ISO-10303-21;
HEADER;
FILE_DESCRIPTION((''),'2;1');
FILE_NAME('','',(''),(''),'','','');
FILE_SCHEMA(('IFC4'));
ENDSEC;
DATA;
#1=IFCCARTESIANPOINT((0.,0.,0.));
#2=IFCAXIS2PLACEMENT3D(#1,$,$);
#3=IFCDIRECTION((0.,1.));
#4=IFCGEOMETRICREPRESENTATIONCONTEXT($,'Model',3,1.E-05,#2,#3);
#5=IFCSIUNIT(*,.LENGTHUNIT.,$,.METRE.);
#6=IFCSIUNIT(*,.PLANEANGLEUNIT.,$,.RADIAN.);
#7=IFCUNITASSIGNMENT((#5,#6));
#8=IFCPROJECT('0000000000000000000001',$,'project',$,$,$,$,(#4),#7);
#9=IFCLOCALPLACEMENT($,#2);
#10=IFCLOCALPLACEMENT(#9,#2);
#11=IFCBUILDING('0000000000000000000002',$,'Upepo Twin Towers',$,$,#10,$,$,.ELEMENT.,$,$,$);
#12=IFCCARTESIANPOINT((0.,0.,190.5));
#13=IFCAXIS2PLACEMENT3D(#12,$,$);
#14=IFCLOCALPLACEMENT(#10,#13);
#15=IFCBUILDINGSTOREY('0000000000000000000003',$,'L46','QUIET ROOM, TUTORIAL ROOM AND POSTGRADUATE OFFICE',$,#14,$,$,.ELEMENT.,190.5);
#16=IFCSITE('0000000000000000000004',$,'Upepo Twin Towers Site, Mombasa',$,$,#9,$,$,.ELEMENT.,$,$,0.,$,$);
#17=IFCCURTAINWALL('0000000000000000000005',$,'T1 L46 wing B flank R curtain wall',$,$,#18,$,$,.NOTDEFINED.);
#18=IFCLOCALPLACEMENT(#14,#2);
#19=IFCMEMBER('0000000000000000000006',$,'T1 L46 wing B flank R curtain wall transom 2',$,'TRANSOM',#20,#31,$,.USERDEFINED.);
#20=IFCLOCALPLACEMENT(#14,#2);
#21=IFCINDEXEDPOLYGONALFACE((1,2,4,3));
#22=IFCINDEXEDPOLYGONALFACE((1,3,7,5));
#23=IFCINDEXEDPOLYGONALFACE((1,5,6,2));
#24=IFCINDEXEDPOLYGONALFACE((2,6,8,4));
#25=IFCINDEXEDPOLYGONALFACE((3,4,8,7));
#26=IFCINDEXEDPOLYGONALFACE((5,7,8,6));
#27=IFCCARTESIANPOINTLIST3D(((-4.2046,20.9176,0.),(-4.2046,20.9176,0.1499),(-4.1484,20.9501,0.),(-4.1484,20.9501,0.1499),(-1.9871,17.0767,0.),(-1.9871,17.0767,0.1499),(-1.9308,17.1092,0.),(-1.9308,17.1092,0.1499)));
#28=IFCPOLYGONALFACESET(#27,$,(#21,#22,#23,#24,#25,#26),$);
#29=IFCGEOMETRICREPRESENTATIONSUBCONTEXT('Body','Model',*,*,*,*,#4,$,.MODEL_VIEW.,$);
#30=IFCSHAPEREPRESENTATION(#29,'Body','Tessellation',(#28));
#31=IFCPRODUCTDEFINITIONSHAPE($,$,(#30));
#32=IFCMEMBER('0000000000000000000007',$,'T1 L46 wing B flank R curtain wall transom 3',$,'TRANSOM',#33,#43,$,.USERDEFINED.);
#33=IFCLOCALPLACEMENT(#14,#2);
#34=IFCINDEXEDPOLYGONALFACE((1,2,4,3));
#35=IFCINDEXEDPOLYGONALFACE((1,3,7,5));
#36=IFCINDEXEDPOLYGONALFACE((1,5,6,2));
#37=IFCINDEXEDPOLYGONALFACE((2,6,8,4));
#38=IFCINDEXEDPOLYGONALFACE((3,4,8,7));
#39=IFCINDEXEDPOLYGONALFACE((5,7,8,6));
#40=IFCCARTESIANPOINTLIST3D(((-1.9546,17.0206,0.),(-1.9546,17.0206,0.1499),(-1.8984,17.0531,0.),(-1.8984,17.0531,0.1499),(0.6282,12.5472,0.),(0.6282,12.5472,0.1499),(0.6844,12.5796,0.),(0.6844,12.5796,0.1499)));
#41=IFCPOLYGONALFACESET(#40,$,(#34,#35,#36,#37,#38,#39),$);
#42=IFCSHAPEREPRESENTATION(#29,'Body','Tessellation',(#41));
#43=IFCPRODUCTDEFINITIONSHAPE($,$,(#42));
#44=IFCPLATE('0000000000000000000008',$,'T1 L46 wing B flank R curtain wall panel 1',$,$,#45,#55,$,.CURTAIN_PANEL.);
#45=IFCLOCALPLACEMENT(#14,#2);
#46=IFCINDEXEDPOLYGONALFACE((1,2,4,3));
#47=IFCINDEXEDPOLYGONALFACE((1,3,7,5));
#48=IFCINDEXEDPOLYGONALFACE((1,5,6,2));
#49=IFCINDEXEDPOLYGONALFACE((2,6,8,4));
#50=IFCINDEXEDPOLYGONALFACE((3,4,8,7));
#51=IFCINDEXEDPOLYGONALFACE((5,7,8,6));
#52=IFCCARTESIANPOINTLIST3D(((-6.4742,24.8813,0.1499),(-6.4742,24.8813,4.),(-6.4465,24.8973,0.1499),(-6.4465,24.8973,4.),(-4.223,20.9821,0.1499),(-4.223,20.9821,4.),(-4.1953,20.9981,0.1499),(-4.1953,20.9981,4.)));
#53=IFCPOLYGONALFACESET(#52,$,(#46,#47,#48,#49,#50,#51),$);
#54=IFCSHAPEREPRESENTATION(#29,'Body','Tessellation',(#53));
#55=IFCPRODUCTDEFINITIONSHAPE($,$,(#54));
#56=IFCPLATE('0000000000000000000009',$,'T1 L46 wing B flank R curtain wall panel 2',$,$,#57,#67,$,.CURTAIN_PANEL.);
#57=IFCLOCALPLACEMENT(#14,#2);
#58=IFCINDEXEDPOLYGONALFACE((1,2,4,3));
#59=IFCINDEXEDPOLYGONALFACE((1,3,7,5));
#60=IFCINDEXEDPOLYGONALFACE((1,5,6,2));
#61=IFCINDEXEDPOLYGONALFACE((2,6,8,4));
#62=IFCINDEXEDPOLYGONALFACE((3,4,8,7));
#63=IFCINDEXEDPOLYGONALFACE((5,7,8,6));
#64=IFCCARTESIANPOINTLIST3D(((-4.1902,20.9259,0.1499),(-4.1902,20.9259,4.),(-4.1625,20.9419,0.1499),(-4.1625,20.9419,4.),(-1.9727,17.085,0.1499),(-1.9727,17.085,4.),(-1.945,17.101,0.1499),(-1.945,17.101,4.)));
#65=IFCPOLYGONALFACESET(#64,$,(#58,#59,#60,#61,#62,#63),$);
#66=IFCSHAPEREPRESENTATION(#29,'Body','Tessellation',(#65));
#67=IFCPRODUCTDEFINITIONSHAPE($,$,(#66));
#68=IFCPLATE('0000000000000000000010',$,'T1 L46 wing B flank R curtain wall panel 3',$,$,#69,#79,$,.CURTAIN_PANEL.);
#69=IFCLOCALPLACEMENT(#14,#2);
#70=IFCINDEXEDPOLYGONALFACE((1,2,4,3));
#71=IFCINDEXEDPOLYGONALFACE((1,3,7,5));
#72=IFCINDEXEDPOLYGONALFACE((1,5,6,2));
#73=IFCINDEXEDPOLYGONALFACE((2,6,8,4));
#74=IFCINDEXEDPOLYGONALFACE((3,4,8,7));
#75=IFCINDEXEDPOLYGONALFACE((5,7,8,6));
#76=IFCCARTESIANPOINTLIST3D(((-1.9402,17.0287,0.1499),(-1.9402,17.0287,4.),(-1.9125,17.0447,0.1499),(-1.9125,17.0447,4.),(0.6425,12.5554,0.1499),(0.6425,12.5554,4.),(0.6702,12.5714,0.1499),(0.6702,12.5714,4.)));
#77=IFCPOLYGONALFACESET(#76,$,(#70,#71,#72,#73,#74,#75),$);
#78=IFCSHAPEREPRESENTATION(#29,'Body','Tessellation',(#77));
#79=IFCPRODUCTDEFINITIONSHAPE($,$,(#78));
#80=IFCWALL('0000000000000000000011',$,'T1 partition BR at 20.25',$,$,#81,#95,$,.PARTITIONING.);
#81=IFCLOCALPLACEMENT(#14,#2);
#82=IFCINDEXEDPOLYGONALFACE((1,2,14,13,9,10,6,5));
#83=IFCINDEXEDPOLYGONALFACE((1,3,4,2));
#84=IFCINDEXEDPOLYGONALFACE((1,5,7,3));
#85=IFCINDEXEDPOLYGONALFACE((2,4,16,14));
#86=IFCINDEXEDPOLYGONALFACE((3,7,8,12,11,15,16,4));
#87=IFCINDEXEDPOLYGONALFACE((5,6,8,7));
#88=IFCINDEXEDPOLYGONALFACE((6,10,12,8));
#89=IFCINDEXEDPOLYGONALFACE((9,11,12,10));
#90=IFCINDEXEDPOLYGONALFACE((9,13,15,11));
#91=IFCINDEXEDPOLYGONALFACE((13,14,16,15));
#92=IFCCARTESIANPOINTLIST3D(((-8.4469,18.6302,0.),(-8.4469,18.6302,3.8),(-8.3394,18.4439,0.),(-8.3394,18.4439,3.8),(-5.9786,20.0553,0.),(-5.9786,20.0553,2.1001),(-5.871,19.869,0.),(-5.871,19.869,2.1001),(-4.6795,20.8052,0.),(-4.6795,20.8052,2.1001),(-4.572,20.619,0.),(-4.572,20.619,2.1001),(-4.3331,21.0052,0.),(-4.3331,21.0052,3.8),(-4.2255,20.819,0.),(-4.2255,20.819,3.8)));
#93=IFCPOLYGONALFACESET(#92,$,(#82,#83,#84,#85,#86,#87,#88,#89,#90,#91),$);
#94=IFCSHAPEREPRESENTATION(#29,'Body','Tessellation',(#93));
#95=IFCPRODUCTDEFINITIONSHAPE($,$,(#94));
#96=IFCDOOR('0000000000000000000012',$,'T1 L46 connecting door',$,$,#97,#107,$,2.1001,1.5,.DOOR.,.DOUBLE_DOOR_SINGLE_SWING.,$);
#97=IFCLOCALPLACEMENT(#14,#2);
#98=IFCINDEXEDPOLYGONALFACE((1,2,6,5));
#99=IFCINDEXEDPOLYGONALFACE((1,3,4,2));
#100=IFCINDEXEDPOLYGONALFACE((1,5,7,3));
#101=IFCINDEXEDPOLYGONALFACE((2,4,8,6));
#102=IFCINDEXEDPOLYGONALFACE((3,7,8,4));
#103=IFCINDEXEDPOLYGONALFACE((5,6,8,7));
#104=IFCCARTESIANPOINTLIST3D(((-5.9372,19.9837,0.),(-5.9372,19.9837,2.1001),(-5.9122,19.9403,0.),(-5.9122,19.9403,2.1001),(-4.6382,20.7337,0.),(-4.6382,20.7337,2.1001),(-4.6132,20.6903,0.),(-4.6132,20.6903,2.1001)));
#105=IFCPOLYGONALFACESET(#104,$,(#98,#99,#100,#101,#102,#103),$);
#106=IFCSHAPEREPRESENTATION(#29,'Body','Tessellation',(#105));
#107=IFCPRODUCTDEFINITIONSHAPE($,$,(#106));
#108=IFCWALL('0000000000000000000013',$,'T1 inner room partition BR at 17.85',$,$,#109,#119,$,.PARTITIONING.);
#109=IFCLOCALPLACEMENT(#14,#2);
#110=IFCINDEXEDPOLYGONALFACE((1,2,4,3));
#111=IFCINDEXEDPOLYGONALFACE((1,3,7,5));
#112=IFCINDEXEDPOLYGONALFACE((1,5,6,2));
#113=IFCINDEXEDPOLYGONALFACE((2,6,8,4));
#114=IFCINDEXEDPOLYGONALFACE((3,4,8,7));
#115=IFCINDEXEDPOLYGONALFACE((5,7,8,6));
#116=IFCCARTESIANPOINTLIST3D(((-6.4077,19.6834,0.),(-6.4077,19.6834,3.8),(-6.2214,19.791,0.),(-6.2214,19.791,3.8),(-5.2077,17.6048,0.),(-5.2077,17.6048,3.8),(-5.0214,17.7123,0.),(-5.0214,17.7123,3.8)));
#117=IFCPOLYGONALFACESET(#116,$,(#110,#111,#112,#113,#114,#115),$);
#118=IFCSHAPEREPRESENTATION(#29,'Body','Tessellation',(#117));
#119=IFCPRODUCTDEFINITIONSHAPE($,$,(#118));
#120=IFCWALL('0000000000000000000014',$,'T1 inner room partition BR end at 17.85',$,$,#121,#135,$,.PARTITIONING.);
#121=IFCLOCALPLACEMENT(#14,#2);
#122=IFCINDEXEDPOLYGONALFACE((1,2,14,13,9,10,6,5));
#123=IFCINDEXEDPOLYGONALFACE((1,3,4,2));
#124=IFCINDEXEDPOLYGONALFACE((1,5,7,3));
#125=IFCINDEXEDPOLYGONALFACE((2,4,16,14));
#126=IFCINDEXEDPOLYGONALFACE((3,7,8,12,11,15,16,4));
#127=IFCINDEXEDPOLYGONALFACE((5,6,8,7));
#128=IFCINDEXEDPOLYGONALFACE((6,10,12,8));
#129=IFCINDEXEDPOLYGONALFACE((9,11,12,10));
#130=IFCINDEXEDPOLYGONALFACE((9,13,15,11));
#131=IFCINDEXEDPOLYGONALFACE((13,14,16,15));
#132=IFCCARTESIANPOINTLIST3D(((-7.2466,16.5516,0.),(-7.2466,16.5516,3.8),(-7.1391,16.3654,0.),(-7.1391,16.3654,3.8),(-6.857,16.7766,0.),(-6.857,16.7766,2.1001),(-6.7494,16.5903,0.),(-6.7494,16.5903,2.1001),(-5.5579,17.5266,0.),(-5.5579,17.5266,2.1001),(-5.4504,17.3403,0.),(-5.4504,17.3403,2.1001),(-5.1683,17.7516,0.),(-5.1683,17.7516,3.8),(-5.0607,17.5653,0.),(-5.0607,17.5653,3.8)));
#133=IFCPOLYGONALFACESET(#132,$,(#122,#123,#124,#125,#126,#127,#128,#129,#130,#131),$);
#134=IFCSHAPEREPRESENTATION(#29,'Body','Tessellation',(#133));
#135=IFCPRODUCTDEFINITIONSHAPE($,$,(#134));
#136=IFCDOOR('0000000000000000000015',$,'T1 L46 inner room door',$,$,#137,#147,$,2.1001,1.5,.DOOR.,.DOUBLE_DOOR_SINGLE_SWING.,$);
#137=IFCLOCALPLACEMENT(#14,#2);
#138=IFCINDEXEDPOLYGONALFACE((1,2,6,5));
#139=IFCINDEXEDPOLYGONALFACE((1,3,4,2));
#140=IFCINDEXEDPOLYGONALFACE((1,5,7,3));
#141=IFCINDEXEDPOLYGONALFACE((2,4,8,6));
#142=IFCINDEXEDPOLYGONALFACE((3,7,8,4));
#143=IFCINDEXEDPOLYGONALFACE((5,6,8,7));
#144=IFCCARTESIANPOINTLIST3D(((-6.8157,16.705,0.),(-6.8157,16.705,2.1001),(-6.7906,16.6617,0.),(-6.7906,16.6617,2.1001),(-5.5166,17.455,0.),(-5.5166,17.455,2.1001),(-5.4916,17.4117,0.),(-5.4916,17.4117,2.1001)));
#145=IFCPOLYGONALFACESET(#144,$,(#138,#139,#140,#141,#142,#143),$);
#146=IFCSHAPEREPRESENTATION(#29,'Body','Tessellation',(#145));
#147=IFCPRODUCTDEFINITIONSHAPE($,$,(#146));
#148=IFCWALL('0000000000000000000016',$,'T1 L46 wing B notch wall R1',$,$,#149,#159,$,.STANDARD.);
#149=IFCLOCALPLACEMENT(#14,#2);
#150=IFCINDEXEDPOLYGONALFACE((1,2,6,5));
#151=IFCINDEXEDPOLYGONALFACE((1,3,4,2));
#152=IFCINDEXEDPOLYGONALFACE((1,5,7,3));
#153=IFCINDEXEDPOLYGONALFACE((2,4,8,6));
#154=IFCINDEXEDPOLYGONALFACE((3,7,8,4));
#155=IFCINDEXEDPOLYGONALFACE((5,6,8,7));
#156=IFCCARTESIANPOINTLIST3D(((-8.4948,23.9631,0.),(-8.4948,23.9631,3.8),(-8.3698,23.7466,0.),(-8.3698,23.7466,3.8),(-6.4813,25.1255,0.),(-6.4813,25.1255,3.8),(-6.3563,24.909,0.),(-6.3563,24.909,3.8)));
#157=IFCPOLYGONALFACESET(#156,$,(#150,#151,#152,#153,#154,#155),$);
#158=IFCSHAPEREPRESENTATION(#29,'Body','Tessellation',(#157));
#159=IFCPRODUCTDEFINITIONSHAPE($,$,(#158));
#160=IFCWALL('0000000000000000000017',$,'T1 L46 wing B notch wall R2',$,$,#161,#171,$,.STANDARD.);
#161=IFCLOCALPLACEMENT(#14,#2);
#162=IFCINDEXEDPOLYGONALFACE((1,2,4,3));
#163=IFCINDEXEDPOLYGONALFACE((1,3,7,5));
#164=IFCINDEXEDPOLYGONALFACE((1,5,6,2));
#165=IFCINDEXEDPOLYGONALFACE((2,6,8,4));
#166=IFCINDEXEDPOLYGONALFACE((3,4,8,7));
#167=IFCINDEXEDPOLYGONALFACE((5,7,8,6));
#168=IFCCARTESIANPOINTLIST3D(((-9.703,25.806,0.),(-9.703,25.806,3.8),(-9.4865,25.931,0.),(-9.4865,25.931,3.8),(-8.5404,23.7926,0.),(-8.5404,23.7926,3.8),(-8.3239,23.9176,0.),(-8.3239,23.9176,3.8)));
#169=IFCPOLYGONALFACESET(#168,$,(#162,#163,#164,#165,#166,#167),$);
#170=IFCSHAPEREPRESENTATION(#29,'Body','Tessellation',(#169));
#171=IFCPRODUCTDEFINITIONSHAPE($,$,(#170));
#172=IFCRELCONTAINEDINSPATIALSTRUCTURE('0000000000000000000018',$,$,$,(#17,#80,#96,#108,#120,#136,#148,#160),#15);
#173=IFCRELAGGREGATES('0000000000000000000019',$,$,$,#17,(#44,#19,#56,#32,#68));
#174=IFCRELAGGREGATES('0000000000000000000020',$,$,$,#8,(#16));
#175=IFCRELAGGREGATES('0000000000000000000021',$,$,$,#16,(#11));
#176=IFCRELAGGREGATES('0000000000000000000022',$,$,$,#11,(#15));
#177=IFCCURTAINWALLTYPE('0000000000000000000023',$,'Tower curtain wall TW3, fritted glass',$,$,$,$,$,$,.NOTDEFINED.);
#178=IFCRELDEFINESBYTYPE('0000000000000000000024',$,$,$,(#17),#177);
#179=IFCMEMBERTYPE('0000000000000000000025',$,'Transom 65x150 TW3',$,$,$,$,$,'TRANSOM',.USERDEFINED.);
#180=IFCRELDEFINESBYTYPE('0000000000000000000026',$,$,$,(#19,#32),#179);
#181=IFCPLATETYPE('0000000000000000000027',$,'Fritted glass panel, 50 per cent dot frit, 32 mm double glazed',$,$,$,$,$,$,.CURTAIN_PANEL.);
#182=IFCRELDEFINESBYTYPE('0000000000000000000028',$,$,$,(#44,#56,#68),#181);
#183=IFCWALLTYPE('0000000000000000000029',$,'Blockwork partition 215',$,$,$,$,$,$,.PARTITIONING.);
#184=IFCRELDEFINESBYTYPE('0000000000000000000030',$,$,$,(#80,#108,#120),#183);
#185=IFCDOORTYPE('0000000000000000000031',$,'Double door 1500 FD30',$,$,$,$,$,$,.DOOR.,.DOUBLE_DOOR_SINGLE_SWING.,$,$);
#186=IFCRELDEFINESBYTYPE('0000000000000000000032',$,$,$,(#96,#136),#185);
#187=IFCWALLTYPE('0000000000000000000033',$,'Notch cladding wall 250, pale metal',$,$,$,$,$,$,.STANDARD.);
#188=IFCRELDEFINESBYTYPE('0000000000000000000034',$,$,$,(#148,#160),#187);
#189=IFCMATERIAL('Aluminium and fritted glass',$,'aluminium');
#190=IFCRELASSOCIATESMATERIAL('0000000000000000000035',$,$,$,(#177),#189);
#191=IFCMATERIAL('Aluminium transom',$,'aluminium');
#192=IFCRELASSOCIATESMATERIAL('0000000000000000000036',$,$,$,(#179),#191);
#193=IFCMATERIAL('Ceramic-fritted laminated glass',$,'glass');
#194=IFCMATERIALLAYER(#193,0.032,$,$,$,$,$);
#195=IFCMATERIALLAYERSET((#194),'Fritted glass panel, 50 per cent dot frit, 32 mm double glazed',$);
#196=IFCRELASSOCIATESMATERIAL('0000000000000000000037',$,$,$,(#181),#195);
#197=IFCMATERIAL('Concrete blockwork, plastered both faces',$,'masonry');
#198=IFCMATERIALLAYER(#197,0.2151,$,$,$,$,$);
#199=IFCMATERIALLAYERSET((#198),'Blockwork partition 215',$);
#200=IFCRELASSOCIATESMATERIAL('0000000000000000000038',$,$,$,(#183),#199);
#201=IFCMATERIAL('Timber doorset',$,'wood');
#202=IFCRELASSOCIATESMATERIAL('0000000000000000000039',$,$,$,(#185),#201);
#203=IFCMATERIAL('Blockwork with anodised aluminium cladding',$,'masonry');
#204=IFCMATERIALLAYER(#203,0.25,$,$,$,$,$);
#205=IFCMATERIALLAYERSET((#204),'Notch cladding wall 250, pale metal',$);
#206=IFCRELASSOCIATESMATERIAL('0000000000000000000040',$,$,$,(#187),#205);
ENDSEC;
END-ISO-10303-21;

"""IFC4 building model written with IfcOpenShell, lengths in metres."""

from ifc_helpers import new_model, si_unit, direction, frame, frame_2d, origin, origin_2d, place, context, subcontext, project, spatial, rectangle, extrude, material, layer, layer_set, material_profile, profile_set, type_object, element, fill, aggregate, save


model = new_model("IFC4")

# Units and contexts
model_context = context("Model", 3, precision=1e-05, world=origin(), true_north=direction((0.0, 1.0)))
body_context = subcontext(model_context, "Body", "Model", "MODEL_VIEW")
ifc_project = project(units=[si_unit("LENGTHUNIT", "METRE"), si_unit("PLANEANGLEUNIT", "RADIAN")], contexts=[model_context])

# Site, building, storey
site_placement = place(None, origin())
site = spatial("IfcSite", under=ifc_project, at=site_placement, Name="Upepo Twin Towers Site, Mombasa", CompositionType="ELEMENT", RefElevation=0.0)
building_placement = place(site_placement, origin())
building = spatial("IfcBuilding", under=site, at=building_placement, Name="Upepo Twin Towers", CompositionType="ELEMENT")
storey_placement = place(building_placement, frame((0.0, 0.0, 190.5)))
storey = spatial("IfcBuildingStorey", under=building, at=storey_placement, Name="L46", Description="QUIET ROOM, TUTORIAL ROOM AND POSTGRADUATE OFFICE", CompositionType="ELEMENT", Elevation=190.5)

# Curtain wall, members, plates
ifc_material_1 = material(Name="Aluminium and fritted glass", Category="aluminium")
curtain_wall_type = type_object("IfcCurtainWallType", Name="Tower curtain wall TW3, fritted glass", PredefinedType="NOTDEFINED", material=ifc_material_1)
curtain_wall_placement = place(storey_placement, origin())
curtain_wall = element("IfcCurtainWall", 1, at=curtain_wall_placement, inside=storey, type_object=curtain_wall_type, Name="T1 L46 wing B flank R curtain wall", PredefinedType="NOTDEFINED")
ifc_material_2 = material(Name="Aluminium transom", Category="aluminium")
ifc_material_profile_1 = material_profile(ifc_material_2, rectangle(XDim=0.0649, YDim=0.1499, at=origin_2d()), Name="TRANSOM 65x150")
ifc_profile_set_1 = profile_set([ifc_material_profile_1], Name="Aluminium transom")
member_type_1 = type_object("IfcMemberType", Name="Transom 65x150 TW3", ElementType="TRANSOM", PredefinedType="USERDEFINED", material=ifc_profile_set_1)
member_1_placement = place(storey_placement, frame((-4.1765, 20.9338, 0.075), z_axis=(0.500005, -0.866022, 0.0), x_axis=(0.866022, 0.500005, 0.0)))
member_1 = element("IfcMember", 2, at=member_1_placement, type_object=member_type_1, Name="T1 L46 wing B flank R curtain wall transom 2", ObjectType="TRANSOM", PredefinedType="USERDEFINED", context=body_context, shape_type="SweptSolid", body=[
    extrude(rectangle(XDim=0.0649, YDim=0.1499, at=origin_2d()), origin(), (0.0, 0.0, 1.0), 4.4351),
])
member_2_placement = place(storey_placement, frame((-1.9265, 17.0369, 0.075), z_axis=(0.500007, -0.866021, 0.0), x_axis=(0.866021, 0.500007, 0.0)))
member_2 = element("IfcMember", 3, at=member_2_placement, type_object=member_type_1, Name="T1 L46 wing B flank R curtain wall transom 3", ObjectType="TRANSOM", PredefinedType="USERDEFINED", context=body_context, shape_type="SweptSolid", body=[
    extrude(rectangle(XDim=0.0649, YDim=0.1499, at=origin_2d()), origin(), (0.0, 0.0, 1.0), 5.1655),
])
ifc_material_3 = material(Name="Ceramic-fritted laminated glass", Category="glass")
ifc_layer_1 = layer(ifc_material_3, 0.032)
ifc_layer_set_1 = layer_set([ifc_layer_1], Name="Fritted glass panel, 50 per cent dot frit, 32 mm double glazed")
plate_type = type_object("IfcPlateType", Name="Fritted glass panel, 50 per cent dot frit, 32 mm double glazed", PredefinedType="CURTAIN_PANEL", material=ifc_layer_set_1)
plate_1_placement = place(storey_placement, frame((-5.3347, 22.9397, 0.1499), z_axis=(0.0, 0.0, 1.0), x_axis=(0.5, -0.866025, 0.0)))
plate_1 = element("IfcPlate", 4, at=plate_1_placement, type_object=plate_type, Name="T1 L46 wing B flank R curtain wall panel 1", PredefinedType="CURTAIN_PANEL", context=body_context, shape_type="SweptSolid", body=[
    extrude(rectangle(XDim=4.5024, YDim=0.032, at=origin_2d()), origin(), (0.0, 0.0, 1.0), 3.8501),
])
plate_2_placement = place(storey_placement, frame((-3.0676, 19.0134, 0.1499), z_axis=(0.0, 0.0, 1.0), x_axis=(0.5, -0.866025, 0.0)))
plate_2 = element("IfcPlate", 5, at=plate_2_placement, type_object=plate_type, Name="T1 L46 wing B flank R curtain wall panel 2", PredefinedType="CURTAIN_PANEL", context=body_context, shape_type="SweptSolid", body=[
    extrude(rectangle(XDim=4.4351, YDim=0.032, at=origin_2d()), origin(), (0.0, 0.0, 1.0), 3.8501),
])
plate_3_placement = place(storey_placement, frame((-0.635, 14.8, 0.1499), z_axis=(0.0, 0.0, 1.0), x_axis=(0.5, -0.866025, 0.0)))
plate_3 = element("IfcPlate", 6, at=plate_3_placement, type_object=plate_type, Name="T1 L46 wing B flank R curtain wall panel 3", PredefinedType="CURTAIN_PANEL", context=body_context, shape_type="SweptSolid", body=[
    extrude(rectangle(XDim=5.1653, YDim=0.032, at=origin_2d()), origin(), (0.0, 0.0, 1.0), 3.8501),
])
aggregate(curtain_wall, [plate_1, member_1, plate_2, member_2, plate_3])

# Wall, opening, door
ifc_material_4 = material(Name="Concrete blockwork, plastered both faces", Category="masonry")
ifc_layer_2 = layer(ifc_material_4, 0.2151)
ifc_layer_set_2 = layer_set([ifc_layer_2], Name="Blockwork partition 215")
wall_type_1 = type_object("IfcWallType", Name="Blockwork partition 215", PredefinedType="PARTITIONING", material=ifc_layer_set_2)
wall_1_placement = place(storey_placement, frame((-8.3931, 18.5371, 0.0), z_axis=(0.0, 0.0, 1.0), x_axis=(0.866033, 0.499986, 0.0)))
wall_1 = element("IfcWall", 7, at=wall_1_placement, inside=storey, type_object=wall_type_1, Name="T1 partition BR at 20.25", PredefinedType="PARTITIONING", context=body_context, shape_type="SweptSolid", body=[
    extrude(rectangle(XDim=4.7502, YDim=0.2151, at=frame_2d((2.375, 0.0))), origin(), (0.0, 0.0, 1.0), 3.8),
])
opening_1_placement = place(wall_1_placement, frame((2.8501, 0.0, 0.0)))
opening_1 = element("IfcOpeningElement", 8, at=opening_1_placement, cuts=wall_1, PredefinedType="OPENING", context=body_context, shape_type="SweptSolid", body=[
    extrude(rectangle(XDim=1.5, YDim=2.1001, at=frame_2d((0.75, 1.05))), frame((0.0, 0.1174, 0.0), z_axis=(0.0, -1.0, 0.0), x_axis=(1.0, 0.0, 0.0)), (0.0, 0.0, 1.0), 0.2351),
])
ifc_material_5 = material(Name="Timber doorset", Category="wood")
door_type_1 = type_object("IfcDoorType", Name="Double door 1500 FD30", OperationType="DOUBLE_DOOR_SINGLE_SWING", PredefinedType="DOOR", material=ifc_material_5)
door_1_placement = place(opening_1_placement, origin())
door_1 = element("IfcDoor", 9, at=door_1_placement, inside=storey, type_object=door_type_1, Name="T1 L46 connecting door", OperationType="DOUBLE_DOOR_SINGLE_SWING", OverallHeight=2.1001, OverallWidth=1.5, PredefinedType="DOOR", context=body_context, shape_type="SweptSolid", body=[
    extrude(rectangle(XDim=1.5, YDim=2.1001, at=frame_2d((0.75, 1.05))), frame((0.0, 0.0249, 0.0), z_axis=(0.0, -1.0, 0.0), x_axis=(1.0, 0.0, 0.0)), (0.0, 0.0, 1.0), 0.05),
])
fill(opening_1, door_1)

# Wall
wall_2_placement = place(storey_placement, frame((-5.1145, 17.6584, 0.0), z_axis=(0.0, 0.0, 1.0), x_axis=(-0.499957, 0.86605, 0.0)))
element("IfcWall", 10, at=wall_2_placement, inside=storey, type_object=wall_type_1, Name="T1 inner room partition BR at 17.85", PredefinedType="PARTITIONING", context=body_context, shape_type="SweptSolid", body=[
    extrude(rectangle(XDim=2.4001, YDim=0.2151, at=frame_2d((1.2002, 0.0))), origin(), (0.0, 0.0, 1.0), 3.8),
])

# Wall, opening, door
wall_3_placement = place(storey_placement, frame((-7.1929, 16.4585, 0.0), z_axis=(0.0, 0.0, 1.0), x_axis=(0.866025, 0.500001, 0.0)))
wall_3 = element("IfcWall", 11, at=wall_3_placement, inside=storey, type_object=wall_type_1, Name="T1 inner room partition BR end at 17.85", PredefinedType="PARTITIONING", context=body_context, shape_type="SweptSolid", body=[
    extrude(rectangle(XDim=2.3999, YDim=0.2151, at=frame_2d((1.2, 0.0))), origin(), (0.0, 0.0, 1.0), 3.8),
])
opening_2_placement = place(wall_3_placement, frame((0.45, 0.0, 0.0)))
opening_2 = element("IfcOpeningElement", 12, at=opening_2_placement, cuts=wall_3, PredefinedType="OPENING", context=body_context, shape_type="SweptSolid", body=[
    extrude(rectangle(XDim=1.5, YDim=2.1001, at=frame_2d((0.75, 1.05))), frame((0.0, 0.1174, 0.0), z_axis=(0.0, -1.0, 0.0), x_axis=(1.0, 0.0, 0.0)), (0.0, 0.0, 1.0), 0.2351),
])
door_2_placement = place(opening_2_placement, origin())
door_2 = element("IfcDoor", 13, at=door_2_placement, inside=storey, type_object=door_type_1, Name="T1 L46 inner room door", OperationType="DOUBLE_DOOR_SINGLE_SWING", OverallHeight=2.1001, OverallWidth=1.5, PredefinedType="DOOR", context=body_context, shape_type="SweptSolid", body=[
    extrude(rectangle(XDim=1.5, YDim=2.1001, at=frame_2d((0.75, 1.05))), frame((0.0, 0.0249, 0.0), z_axis=(0.0, -1.0, 0.0), x_axis=(1.0, 0.0, 0.0)), (0.0, 0.0, 1.0), 0.05),
])
fill(opening_2, door_2)

# Walls
ifc_material_6 = material(Name="Blockwork with anodised aluminium cladding", Category="masonry")
ifc_layer_3 = layer(ifc_material_6, 0.25)
ifc_layer_set_3 = layer_set([ifc_layer_3], Name="Notch cladding wall 250, pale metal")
wall_type_2 = type_object("IfcWallType", Name="Notch cladding wall 250, pale metal", PredefinedType="STANDARD", material=ifc_layer_set_3)
for number, where, z_axis, x_axis, name in (
    (14, (-6.4187, 25.0173, 0.0), (0.0, 0.0, 1.0), (-0.866044, -0.499968, 0.0), "T1 L46 wing B notch wall R1"),
    (15, (-8.4321, 23.855, 0.0), (0.0, 0.0, 1.0), (-0.500047, 0.865998, 0.0), "T1 L46 wing B notch wall R2"),
):
    element("IfcWall", number, at=place(storey_placement, frame(where, z_axis=z_axis, x_axis=x_axis)), inside=storey, type_object=wall_type_2, Name=name, PredefinedType="STANDARD", context=body_context, shape_type="SweptSolid", body=[
        extrude(rectangle(XDim=2.325, YDim=0.25, at=frame_2d((1.1626, 0.0))), origin(), (0.0, 0.0, 1.0), 3.8),
    ])

save(model, "model.ifc")
